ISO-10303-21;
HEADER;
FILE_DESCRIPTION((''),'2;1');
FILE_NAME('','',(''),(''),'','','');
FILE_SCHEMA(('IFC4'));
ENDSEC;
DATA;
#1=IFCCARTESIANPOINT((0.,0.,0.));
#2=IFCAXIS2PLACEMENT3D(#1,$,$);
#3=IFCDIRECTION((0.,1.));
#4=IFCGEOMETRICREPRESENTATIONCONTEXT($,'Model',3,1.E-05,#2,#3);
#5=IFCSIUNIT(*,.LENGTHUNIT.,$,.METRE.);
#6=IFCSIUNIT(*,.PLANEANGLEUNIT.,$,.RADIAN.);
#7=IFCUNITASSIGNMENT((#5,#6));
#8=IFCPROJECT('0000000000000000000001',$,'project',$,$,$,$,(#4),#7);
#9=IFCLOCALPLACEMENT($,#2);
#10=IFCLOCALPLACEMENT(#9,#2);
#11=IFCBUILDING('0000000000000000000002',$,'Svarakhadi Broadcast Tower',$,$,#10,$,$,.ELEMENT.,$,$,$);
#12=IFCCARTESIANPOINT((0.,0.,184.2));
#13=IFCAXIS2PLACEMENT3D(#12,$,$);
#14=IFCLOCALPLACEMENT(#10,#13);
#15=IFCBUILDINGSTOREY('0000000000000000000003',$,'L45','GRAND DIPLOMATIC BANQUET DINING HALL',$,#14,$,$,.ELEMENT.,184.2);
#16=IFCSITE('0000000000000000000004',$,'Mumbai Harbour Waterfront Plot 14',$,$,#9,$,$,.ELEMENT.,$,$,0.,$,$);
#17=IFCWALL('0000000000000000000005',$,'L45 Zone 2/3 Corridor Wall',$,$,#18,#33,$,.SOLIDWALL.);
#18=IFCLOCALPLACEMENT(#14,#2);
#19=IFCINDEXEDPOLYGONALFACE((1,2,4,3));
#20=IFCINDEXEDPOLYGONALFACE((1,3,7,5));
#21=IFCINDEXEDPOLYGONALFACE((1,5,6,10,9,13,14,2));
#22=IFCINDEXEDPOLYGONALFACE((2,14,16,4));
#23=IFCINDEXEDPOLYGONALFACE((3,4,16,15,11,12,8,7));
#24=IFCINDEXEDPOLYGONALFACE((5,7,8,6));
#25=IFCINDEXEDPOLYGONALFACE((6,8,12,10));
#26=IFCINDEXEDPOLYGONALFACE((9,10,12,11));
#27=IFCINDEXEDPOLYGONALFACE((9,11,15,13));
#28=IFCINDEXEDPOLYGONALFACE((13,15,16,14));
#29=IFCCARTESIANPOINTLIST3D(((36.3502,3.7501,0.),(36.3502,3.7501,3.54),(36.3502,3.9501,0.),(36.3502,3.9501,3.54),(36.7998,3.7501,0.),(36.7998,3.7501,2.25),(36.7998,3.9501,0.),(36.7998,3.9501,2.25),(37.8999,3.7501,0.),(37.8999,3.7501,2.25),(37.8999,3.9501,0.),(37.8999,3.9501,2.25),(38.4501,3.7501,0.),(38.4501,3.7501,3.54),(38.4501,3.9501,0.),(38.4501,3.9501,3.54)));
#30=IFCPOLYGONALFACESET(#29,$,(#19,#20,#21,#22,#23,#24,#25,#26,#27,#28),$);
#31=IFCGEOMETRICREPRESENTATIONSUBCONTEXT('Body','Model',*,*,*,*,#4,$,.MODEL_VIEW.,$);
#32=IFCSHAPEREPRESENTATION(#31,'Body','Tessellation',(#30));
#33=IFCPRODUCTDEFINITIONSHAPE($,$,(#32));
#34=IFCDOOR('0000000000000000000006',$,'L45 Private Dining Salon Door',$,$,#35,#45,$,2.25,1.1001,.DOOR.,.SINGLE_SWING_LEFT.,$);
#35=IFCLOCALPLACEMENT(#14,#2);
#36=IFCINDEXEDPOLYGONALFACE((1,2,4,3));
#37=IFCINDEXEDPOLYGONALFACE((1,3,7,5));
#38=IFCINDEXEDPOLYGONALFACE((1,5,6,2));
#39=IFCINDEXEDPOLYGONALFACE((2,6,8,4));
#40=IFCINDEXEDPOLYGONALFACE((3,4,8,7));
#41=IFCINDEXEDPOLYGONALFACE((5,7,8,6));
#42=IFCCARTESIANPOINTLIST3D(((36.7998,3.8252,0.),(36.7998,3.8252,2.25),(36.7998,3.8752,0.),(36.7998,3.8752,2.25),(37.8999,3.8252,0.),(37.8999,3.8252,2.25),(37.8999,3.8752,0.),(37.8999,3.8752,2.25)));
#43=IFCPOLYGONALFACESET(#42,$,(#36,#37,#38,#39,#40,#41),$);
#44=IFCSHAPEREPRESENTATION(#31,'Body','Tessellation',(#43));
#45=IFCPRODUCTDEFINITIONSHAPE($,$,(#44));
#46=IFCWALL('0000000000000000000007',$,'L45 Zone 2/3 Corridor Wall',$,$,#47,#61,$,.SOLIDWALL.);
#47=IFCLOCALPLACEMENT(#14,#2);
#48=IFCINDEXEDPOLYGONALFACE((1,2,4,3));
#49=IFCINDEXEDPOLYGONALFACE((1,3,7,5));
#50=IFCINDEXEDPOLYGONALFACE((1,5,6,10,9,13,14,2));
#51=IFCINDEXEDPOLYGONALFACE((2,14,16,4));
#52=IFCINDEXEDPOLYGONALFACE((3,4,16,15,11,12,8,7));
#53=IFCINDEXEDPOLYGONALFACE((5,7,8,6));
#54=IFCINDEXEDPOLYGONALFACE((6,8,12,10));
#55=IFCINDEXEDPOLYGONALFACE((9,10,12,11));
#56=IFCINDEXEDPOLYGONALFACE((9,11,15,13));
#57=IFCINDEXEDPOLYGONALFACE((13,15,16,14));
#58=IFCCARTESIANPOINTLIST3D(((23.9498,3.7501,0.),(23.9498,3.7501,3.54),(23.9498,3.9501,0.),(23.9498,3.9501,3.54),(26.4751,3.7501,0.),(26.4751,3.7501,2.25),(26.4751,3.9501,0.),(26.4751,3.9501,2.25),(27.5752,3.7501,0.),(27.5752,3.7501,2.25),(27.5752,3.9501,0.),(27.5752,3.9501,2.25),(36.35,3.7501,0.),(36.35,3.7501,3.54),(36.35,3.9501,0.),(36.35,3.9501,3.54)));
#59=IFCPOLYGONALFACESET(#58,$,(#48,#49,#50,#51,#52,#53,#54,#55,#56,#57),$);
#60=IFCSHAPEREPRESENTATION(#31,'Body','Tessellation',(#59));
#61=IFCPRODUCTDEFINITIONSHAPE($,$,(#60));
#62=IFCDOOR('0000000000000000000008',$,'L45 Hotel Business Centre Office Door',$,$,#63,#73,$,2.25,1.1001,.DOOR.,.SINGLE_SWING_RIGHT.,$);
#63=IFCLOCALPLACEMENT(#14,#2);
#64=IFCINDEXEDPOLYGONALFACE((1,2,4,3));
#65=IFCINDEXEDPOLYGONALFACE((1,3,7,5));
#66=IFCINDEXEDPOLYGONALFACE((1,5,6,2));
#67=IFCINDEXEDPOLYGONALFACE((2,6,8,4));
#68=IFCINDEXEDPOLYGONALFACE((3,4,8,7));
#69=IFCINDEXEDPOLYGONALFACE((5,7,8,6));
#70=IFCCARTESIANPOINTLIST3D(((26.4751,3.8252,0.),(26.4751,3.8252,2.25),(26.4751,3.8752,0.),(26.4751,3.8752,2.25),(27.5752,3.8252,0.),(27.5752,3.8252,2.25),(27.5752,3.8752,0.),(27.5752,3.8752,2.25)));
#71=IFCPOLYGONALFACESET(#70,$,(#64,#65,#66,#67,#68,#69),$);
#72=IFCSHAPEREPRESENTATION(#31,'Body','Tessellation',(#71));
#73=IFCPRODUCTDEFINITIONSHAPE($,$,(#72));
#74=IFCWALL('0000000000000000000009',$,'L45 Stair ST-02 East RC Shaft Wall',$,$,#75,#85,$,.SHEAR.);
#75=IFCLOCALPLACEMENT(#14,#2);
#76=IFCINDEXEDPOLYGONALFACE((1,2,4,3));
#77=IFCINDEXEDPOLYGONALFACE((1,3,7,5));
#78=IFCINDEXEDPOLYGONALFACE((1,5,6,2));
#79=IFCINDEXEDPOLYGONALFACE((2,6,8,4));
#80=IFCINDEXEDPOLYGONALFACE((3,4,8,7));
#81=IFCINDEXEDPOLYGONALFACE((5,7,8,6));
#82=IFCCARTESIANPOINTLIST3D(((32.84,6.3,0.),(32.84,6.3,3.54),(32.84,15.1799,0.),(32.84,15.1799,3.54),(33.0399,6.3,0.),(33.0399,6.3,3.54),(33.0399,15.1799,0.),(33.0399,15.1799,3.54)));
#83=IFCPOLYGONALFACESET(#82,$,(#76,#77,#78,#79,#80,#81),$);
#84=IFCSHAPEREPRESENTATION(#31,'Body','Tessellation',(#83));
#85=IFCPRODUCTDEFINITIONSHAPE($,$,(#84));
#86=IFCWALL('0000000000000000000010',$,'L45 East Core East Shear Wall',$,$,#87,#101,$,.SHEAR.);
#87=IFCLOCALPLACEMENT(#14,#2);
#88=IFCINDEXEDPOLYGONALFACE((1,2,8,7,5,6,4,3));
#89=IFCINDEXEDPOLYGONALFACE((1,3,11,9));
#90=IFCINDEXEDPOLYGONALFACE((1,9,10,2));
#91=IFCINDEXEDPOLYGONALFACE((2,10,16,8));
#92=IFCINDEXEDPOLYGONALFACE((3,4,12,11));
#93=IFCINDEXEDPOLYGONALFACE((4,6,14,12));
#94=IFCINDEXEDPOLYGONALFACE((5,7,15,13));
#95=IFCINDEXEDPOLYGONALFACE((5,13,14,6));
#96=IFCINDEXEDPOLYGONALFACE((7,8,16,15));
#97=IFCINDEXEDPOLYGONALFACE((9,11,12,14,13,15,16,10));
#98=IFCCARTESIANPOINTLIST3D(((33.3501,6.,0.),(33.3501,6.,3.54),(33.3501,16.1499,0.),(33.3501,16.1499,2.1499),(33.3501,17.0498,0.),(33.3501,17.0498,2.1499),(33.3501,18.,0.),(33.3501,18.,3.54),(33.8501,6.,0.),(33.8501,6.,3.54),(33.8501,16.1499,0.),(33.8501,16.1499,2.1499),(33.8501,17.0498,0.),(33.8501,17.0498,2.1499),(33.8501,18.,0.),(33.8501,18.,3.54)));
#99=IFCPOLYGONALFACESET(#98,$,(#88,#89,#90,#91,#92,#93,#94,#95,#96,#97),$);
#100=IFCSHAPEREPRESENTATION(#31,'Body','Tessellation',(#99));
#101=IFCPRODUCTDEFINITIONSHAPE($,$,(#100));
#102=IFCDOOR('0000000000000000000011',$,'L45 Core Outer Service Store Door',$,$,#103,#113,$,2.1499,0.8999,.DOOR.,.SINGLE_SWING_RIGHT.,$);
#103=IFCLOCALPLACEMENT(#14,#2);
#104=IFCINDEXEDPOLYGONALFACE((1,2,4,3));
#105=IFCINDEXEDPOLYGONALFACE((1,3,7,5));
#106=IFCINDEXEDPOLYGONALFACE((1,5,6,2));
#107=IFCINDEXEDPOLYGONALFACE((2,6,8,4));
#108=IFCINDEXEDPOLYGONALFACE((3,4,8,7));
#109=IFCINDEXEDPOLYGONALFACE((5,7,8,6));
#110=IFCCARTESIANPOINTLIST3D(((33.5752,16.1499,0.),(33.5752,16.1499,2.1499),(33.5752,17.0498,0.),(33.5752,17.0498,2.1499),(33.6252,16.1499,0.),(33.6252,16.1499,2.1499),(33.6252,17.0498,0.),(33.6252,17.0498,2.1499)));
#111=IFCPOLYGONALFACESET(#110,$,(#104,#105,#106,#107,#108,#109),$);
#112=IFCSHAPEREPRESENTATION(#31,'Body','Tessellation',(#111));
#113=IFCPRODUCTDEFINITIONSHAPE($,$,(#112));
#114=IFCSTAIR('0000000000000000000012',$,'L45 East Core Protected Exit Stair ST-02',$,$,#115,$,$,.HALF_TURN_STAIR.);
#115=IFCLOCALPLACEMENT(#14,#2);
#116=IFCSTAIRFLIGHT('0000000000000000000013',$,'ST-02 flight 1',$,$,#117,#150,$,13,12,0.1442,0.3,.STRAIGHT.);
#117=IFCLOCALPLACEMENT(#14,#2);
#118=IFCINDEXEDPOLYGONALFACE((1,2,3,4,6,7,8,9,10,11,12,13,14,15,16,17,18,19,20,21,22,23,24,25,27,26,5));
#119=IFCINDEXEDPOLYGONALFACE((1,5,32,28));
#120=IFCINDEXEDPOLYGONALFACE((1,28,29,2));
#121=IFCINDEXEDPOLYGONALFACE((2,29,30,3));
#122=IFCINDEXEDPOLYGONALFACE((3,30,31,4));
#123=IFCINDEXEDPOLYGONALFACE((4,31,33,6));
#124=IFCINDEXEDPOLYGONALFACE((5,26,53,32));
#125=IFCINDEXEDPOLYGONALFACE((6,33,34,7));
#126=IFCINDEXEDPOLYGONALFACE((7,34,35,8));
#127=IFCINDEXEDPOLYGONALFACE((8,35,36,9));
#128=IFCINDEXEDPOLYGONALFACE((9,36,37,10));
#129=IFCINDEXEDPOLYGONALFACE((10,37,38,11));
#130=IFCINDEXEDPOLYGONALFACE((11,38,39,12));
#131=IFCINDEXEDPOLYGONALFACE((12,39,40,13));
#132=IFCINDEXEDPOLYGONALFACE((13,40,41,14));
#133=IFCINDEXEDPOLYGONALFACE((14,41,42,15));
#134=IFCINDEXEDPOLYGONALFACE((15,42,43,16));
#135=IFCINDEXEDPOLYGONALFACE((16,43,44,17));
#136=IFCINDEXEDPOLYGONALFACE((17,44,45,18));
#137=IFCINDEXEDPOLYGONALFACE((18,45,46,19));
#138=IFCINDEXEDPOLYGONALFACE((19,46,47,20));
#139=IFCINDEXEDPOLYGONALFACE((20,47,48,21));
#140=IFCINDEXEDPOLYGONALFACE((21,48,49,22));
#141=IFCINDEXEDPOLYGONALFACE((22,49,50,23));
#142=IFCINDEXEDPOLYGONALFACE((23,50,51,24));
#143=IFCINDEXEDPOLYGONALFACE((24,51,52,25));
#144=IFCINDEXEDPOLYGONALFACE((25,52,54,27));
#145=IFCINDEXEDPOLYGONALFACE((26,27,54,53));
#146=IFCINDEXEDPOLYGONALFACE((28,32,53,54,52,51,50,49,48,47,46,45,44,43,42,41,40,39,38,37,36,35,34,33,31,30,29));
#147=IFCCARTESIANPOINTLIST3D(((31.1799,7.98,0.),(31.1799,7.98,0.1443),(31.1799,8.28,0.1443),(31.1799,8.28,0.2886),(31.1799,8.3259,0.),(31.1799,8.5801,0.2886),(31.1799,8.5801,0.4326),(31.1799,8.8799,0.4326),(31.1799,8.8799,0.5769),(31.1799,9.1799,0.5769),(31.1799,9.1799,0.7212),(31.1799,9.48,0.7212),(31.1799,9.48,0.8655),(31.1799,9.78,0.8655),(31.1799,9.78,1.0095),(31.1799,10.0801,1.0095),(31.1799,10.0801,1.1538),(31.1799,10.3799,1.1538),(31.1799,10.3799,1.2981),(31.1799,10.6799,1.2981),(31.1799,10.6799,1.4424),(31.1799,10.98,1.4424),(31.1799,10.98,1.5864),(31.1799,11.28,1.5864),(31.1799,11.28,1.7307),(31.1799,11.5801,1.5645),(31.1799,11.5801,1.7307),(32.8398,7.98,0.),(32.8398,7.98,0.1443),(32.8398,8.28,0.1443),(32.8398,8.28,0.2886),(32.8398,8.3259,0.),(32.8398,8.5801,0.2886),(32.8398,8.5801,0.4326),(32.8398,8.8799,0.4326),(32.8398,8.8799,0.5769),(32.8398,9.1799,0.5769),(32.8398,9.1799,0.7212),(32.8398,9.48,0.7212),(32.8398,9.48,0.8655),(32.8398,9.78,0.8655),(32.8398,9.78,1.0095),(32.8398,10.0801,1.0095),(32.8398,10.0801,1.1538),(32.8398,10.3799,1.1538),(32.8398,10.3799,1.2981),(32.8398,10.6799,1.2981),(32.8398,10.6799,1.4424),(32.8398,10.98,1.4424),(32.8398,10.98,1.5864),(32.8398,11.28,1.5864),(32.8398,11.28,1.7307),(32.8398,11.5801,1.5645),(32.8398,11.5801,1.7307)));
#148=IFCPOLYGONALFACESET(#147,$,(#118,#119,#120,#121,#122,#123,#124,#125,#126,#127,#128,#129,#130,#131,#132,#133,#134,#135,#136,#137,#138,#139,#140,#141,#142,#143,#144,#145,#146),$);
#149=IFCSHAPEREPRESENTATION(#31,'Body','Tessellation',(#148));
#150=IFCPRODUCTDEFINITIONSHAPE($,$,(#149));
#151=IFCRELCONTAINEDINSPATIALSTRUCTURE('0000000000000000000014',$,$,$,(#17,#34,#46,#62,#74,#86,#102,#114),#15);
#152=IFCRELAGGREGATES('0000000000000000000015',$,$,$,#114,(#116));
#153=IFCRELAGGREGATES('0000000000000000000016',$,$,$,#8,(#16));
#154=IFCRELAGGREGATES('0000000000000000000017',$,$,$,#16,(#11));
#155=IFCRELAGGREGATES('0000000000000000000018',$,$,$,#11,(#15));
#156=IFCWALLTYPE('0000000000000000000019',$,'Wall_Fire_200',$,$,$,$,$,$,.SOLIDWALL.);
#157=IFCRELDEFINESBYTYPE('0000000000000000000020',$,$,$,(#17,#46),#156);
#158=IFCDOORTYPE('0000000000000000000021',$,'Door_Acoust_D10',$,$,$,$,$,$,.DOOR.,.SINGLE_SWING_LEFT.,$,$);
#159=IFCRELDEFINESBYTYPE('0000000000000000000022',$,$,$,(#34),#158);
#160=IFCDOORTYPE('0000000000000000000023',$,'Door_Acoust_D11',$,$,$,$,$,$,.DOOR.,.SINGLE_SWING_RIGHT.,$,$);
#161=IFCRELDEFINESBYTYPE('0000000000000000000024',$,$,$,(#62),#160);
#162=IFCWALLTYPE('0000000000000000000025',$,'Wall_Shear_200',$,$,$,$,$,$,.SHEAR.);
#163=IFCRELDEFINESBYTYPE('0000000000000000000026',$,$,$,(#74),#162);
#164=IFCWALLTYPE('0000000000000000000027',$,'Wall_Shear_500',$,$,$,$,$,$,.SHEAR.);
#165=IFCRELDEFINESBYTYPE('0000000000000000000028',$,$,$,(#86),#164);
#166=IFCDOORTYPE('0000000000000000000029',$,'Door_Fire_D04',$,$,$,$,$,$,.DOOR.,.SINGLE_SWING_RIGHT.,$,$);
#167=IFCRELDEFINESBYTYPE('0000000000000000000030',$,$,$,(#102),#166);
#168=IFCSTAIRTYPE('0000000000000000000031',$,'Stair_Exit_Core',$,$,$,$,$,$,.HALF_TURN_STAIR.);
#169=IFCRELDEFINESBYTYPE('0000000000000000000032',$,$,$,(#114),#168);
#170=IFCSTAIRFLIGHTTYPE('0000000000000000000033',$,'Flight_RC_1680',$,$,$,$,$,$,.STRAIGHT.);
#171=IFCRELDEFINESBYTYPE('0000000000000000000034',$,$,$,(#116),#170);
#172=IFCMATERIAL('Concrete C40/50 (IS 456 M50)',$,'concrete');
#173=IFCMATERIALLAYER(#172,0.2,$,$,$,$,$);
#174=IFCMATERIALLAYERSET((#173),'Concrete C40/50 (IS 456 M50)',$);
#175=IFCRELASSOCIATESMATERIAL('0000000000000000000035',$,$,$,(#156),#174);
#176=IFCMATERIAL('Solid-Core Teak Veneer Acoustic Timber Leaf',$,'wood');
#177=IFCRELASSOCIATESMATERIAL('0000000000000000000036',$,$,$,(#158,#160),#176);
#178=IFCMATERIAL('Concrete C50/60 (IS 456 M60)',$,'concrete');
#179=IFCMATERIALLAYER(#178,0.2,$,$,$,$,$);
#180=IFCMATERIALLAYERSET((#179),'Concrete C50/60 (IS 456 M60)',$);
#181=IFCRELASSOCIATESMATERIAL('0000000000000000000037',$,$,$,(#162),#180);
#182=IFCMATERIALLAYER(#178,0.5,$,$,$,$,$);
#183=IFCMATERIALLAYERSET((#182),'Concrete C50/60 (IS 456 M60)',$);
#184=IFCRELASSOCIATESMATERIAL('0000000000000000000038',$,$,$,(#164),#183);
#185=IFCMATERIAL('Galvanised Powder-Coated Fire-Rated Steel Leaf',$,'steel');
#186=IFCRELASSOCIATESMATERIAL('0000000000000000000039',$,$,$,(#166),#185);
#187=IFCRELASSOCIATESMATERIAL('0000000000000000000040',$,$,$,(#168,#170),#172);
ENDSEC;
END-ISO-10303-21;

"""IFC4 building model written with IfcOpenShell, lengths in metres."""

from ifc_helpers import new_model, si_unit, direction, frame, frame_2d, origin, place, context, subcontext, project, spatial, polyline, rectangle, outline, extrude, material, layer, layer_set, type_object, element, fill, aggregate, save


model = new_model("IFC4")

# Units and contexts
model_context = context("Model", 3, precision=1e-05, world=origin(), true_north=direction((0.0, 1.0)))
body_context = subcontext(model_context, "Body", "Model", "MODEL_VIEW")
ifc_project = project(units=[si_unit("LENGTHUNIT", "METRE"), si_unit("PLANEANGLEUNIT", "RADIAN")], contexts=[model_context])

# Site, building, storey
site_placement = place(None, origin())
site = spatial("IfcSite", under=ifc_project, at=site_placement, Name="Mumbai Harbour Waterfront Plot 14", CompositionType="ELEMENT", RefElevation=0.0)
building_placement = place(site_placement, origin())
building = spatial("IfcBuilding", under=site, at=building_placement, Name="Svarakhadi Broadcast Tower", CompositionType="ELEMENT")
storey_placement = place(building_placement, frame((0.0, 0.0, 184.2)))
storey = spatial("IfcBuildingStorey", under=building, at=storey_placement, Name="L45", Description="GRAND DIPLOMATIC BANQUET DINING HALL", CompositionType="ELEMENT", Elevation=184.2)

# Shared definitions
ifc_material_1 = material(Name="Concrete C50/60 (IS 456 M60)", Category="concrete")

# Shared definitions
ifc_material_2 = material(Name="Concrete C40/50 (IS 456 M50)", Category="concrete")
ifc_layer_1 = layer(ifc_material_2, 0.2)
ifc_layer_set_1 = layer_set([ifc_layer_1], Name="Concrete C40/50 (IS 456 M50)")
wall_type_1 = type_object("IfcWallType", Name="Wall_Fire_200", PredefinedType="SOLIDWALL", material=ifc_layer_set_1)

# Shared definitions
ifc_material_3 = material(Name="Solid-Core Teak Veneer Acoustic Timber Leaf", Category="wood")
door_type_1 = type_object("IfcDoorType", Name="Door_Acoust_D10", OperationType="SINGLE_SWING_LEFT", PredefinedType="DOOR", material=ifc_material_3)
door_type_2 = type_object("IfcDoorType", Name="Door_Acoust_D11", OperationType="SINGLE_SWING_RIGHT", PredefinedType="DOOR", material=ifc_material_3)

# Walls, openings, doors
wall_1_placement = place(storey_placement, frame((38.45, 3.8501, 0.0), z_axis=(0.0, 0.0, 1.0), x_axis=(-1.0, 0.0, 0.0)))
wall_1 = element("IfcWall", 1, at=wall_1_placement, inside=storey, type_object=wall_type_1, Name="L45 Zone 2/3 Corridor Wall", PredefinedType="SOLIDWALL", context=body_context, shape_type="SweptSolid", body=[
    extrude(rectangle(XDim=2.0999, YDim=0.2, at=frame_2d((1.0498, 0.0))), origin(), (0.0, 0.0, 1.0), 3.54),
])
opening_1_placement = place(wall_1_placement, frame((0.55, 0.0, 0.0)))
opening_1 = element("IfcOpeningElement", 2, at=opening_1_placement, cuts=wall_1, PredefinedType="OPENING", context=body_context, shape_type="SweptSolid", body=[
    extrude(rectangle(XDim=1.1001, YDim=2.25, at=frame_2d((0.55, 1.125))), frame((0.0, 0.1099, 0.0), z_axis=(0.0, -1.0, 0.0), x_axis=(1.0, 0.0, 0.0)), (0.0, 0.0, 1.0), 0.22),
])
door_1_placement = place(opening_1_placement, origin())
door_1 = element("IfcDoor", 3, at=door_1_placement, inside=storey, type_object=door_type_1, Name="L45 Private Dining Salon Door", OperationType="SINGLE_SWING_LEFT", OverallHeight=2.25, OverallWidth=1.1001, PredefinedType="DOOR", context=body_context, shape_type="SweptSolid", body=[
    extrude(rectangle(XDim=1.1001, YDim=2.25, at=frame_2d((0.55, 1.125))), frame((0.0, 0.0249, 0.0), z_axis=(0.0, -1.0, 0.0), x_axis=(1.0, 0.0, 0.0)), (0.0, 0.0, 1.0), 0.05),
])
fill(opening_1, door_1)
wall_2_placement = place(storey_placement, frame((36.3501, 3.8501, 0.0), z_axis=(0.0, 0.0, 1.0), x_axis=(-1.0, 0.0, 0.0)))
wall_2 = element("IfcWall", 4, at=wall_2_placement, inside=storey, type_object=wall_type_1, Name="L45 Zone 2/3 Corridor Wall", PredefinedType="SOLIDWALL", context=body_context, shape_type="SweptSolid", body=[
    extrude(rectangle(XDim=12.4001, YDim=0.2, at=frame_2d((6.2002, 0.0))), origin(), (0.0, 0.0, 1.0), 3.54),
])
opening_2_placement = place(wall_2_placement, frame((8.7749, 0.0, 0.0)))
opening_2 = element("IfcOpeningElement", 5, at=opening_2_placement, cuts=wall_2, PredefinedType="OPENING", context=body_context, shape_type="SweptSolid", body=[
    extrude(rectangle(XDim=1.1001, YDim=2.25, at=frame_2d((0.55, 1.125))), frame((0.0, 0.1099, 0.0), z_axis=(0.0, -1.0, 0.0), x_axis=(1.0, 0.0, 0.0)), (0.0, 0.0, 1.0), 0.22),
])
door_2_placement = place(opening_2_placement, origin())
door_2 = element("IfcDoor", 6, at=door_2_placement, inside=storey, type_object=door_type_2, Name="L45 Hotel Business Centre Office Door", OperationType="SINGLE_SWING_RIGHT", OverallHeight=2.25, OverallWidth=1.1001, PredefinedType="DOOR", context=body_context, shape_type="SweptSolid", body=[
    extrude(rectangle(XDim=1.1001, YDim=2.25, at=frame_2d((0.55, 1.125))), frame((0.0, 0.0249, 0.0), z_axis=(0.0, -1.0, 0.0), x_axis=(1.0, 0.0, 0.0)), (0.0, 0.0, 1.0), 0.05),
])
fill(opening_2, door_2)

# Wall
ifc_layer_2 = layer(ifc_material_1, 0.2)
ifc_layer_set_2 = layer_set([ifc_layer_2], Name="Concrete C50/60 (IS 456 M60)")
wall_type_2 = type_object("IfcWallType", Name="Wall_Shear_200", PredefinedType="SHEAR", material=ifc_layer_set_2)
wall_3_placement = place(storey_placement, frame((32.9399, 6.3, 0.0), z_axis=(0.0, 0.0, 1.0), x_axis=(0.0, 1.0, 0.0)))
element("IfcWall", 7, at=wall_3_placement, inside=storey, type_object=wall_type_2, Name="L45 Stair ST-02 East RC Shaft Wall", PredefinedType="SHEAR", context=body_context, shape_type="SweptSolid", body=[
    extrude(rectangle(XDim=8.8799, YDim=0.2, at=frame_2d((4.4399, 0.0))), origin(), (0.0, 0.0, 1.0), 3.54),
])

# Wall, opening, door
ifc_layer_3 = layer(ifc_material_1, 0.5)
ifc_layer_set_3 = layer_set([ifc_layer_3], Name="Concrete C50/60 (IS 456 M60)")
wall_type_3 = type_object("IfcWallType", Name="Wall_Shear_500", PredefinedType="SHEAR", material=ifc_layer_set_3)
wall_4_placement = place(storey_placement, frame((33.6001, 6.0, 0.0), z_axis=(0.0, 0.0, 1.0), x_axis=(0.0, 1.0, 0.0)))
wall_4 = element("IfcWall", 8, at=wall_4_placement, inside=storey, type_object=wall_type_3, Name="L45 East Core East Shear Wall", PredefinedType="SHEAR", context=body_context, shape_type="SweptSolid", body=[
    extrude(rectangle(XDim=12.0, YDim=0.5, at=frame_2d((6.0, 0.0))), origin(), (0.0, 0.0, 1.0), 3.54),
])
opening_3_placement = place(wall_4_placement, frame((10.1499, 0.0, 0.0)))
opening_3 = element("IfcOpeningElement", 9, at=opening_3_placement, cuts=wall_4, PredefinedType="OPENING", context=body_context, shape_type="SweptSolid", body=[
    extrude(rectangle(XDim=0.8999, YDim=2.1499, at=frame_2d((0.45, 1.075))), frame((0.0, 0.26, 0.0), z_axis=(0.0, -1.0, 0.0), x_axis=(1.0, 0.0, 0.0)), (0.0, 0.0, 1.0), 0.52),
])
ifc_material_4 = material(Name="Galvanised Powder-Coated Fire-Rated Steel Leaf", Category="steel")
door_type_3 = type_object("IfcDoorType", Name="Door_Fire_D04", OperationType="SINGLE_SWING_RIGHT", PredefinedType="DOOR", material=ifc_material_4)
door_3_placement = place(opening_3_placement, origin())
door_3 = element("IfcDoor", 10, at=door_3_placement, inside=storey, type_object=door_type_3, Name="L45 Core Outer Service Store Door", OperationType="SINGLE_SWING_RIGHT", OverallHeight=2.1499, OverallWidth=0.8999, PredefinedType="DOOR", context=body_context, shape_type="SweptSolid", body=[
    extrude(rectangle(XDim=0.8999, YDim=2.1499, at=frame_2d((0.45, 1.075))), frame((0.0, 0.0249, 0.0), z_axis=(0.0, -1.0, 0.0), x_axis=(1.0, 0.0, 0.0)), (0.0, 0.0, 1.0), 0.05),
])
fill(opening_3, door_3)

# Stair, stair flight
stair_type = type_object("IfcStairType", Name="Stair_Exit_Core", PredefinedType="HALF_TURN_STAIR", material=ifc_material_2)
stair_placement = place(storey_placement, origin())
stair = element("IfcStair", 11, at=stair_placement, inside=storey, type_object=stair_type, Name="L45 East Core Protected Exit Stair ST-02", PredefinedType="HALF_TURN_STAIR")
stair_flight_type = type_object("IfcStairFlightType", Name="Flight_RC_1680", PredefinedType="STRAIGHT", material=ifc_material_2)
stair_flight_1_placement = place(storey_placement, frame((32.01, 7.98, 0.0), z_axis=(0.0, 0.0, 1.0), x_axis=(0.0, 1.0, 0.0)))
stair_flight_1 = element("IfcStairFlight", 12, at=stair_flight_1_placement, type_object=stair_flight_type, Name="ST-02 flight 1", NumberOfRisers=13, NumberOfTreads=12, PredefinedType="STRAIGHT", RiserHeight=0.1442, TreadLength=0.3, context=body_context, shape_type="SweptSolid", body=[
    extrude(outline(polyline([(0.0, 0.0), (0.0, 0.1443), (0.3, 0.1443), (0.3, 0.2886), (0.6001, 0.2886), (0.6001, 0.4326), (0.8999, 0.4326), (0.8999, 0.5769), (1.2, 0.5769), (1.2, 0.7212), (1.5, 0.7212), (1.5, 0.8655), (1.8, 0.8655), (1.8, 1.0095), (2.1001, 1.0095), (2.1001, 1.1538), (2.3999, 1.1538), (2.3999, 1.2981), (2.7, 1.2981), (2.7, 1.4424), (3.0, 1.4424), (3.0, 1.5864), (3.3, 1.5864), (3.3, 1.7307), (3.6001, 1.7307), (3.6001, 1.875), (3.6001, 1.5645), (0.3459, 0.0), (0.0, 0.0)])), frame((0.0, 0.8301, 0.0), z_axis=(0.0, -1.0, 0.0), x_axis=(1.0, 0.0, 0.0)), (0.0, 0.0, 1.0), 1.6599),
])
aggregate(stair, [stair_flight_1])

save(model, "model.ifc")
